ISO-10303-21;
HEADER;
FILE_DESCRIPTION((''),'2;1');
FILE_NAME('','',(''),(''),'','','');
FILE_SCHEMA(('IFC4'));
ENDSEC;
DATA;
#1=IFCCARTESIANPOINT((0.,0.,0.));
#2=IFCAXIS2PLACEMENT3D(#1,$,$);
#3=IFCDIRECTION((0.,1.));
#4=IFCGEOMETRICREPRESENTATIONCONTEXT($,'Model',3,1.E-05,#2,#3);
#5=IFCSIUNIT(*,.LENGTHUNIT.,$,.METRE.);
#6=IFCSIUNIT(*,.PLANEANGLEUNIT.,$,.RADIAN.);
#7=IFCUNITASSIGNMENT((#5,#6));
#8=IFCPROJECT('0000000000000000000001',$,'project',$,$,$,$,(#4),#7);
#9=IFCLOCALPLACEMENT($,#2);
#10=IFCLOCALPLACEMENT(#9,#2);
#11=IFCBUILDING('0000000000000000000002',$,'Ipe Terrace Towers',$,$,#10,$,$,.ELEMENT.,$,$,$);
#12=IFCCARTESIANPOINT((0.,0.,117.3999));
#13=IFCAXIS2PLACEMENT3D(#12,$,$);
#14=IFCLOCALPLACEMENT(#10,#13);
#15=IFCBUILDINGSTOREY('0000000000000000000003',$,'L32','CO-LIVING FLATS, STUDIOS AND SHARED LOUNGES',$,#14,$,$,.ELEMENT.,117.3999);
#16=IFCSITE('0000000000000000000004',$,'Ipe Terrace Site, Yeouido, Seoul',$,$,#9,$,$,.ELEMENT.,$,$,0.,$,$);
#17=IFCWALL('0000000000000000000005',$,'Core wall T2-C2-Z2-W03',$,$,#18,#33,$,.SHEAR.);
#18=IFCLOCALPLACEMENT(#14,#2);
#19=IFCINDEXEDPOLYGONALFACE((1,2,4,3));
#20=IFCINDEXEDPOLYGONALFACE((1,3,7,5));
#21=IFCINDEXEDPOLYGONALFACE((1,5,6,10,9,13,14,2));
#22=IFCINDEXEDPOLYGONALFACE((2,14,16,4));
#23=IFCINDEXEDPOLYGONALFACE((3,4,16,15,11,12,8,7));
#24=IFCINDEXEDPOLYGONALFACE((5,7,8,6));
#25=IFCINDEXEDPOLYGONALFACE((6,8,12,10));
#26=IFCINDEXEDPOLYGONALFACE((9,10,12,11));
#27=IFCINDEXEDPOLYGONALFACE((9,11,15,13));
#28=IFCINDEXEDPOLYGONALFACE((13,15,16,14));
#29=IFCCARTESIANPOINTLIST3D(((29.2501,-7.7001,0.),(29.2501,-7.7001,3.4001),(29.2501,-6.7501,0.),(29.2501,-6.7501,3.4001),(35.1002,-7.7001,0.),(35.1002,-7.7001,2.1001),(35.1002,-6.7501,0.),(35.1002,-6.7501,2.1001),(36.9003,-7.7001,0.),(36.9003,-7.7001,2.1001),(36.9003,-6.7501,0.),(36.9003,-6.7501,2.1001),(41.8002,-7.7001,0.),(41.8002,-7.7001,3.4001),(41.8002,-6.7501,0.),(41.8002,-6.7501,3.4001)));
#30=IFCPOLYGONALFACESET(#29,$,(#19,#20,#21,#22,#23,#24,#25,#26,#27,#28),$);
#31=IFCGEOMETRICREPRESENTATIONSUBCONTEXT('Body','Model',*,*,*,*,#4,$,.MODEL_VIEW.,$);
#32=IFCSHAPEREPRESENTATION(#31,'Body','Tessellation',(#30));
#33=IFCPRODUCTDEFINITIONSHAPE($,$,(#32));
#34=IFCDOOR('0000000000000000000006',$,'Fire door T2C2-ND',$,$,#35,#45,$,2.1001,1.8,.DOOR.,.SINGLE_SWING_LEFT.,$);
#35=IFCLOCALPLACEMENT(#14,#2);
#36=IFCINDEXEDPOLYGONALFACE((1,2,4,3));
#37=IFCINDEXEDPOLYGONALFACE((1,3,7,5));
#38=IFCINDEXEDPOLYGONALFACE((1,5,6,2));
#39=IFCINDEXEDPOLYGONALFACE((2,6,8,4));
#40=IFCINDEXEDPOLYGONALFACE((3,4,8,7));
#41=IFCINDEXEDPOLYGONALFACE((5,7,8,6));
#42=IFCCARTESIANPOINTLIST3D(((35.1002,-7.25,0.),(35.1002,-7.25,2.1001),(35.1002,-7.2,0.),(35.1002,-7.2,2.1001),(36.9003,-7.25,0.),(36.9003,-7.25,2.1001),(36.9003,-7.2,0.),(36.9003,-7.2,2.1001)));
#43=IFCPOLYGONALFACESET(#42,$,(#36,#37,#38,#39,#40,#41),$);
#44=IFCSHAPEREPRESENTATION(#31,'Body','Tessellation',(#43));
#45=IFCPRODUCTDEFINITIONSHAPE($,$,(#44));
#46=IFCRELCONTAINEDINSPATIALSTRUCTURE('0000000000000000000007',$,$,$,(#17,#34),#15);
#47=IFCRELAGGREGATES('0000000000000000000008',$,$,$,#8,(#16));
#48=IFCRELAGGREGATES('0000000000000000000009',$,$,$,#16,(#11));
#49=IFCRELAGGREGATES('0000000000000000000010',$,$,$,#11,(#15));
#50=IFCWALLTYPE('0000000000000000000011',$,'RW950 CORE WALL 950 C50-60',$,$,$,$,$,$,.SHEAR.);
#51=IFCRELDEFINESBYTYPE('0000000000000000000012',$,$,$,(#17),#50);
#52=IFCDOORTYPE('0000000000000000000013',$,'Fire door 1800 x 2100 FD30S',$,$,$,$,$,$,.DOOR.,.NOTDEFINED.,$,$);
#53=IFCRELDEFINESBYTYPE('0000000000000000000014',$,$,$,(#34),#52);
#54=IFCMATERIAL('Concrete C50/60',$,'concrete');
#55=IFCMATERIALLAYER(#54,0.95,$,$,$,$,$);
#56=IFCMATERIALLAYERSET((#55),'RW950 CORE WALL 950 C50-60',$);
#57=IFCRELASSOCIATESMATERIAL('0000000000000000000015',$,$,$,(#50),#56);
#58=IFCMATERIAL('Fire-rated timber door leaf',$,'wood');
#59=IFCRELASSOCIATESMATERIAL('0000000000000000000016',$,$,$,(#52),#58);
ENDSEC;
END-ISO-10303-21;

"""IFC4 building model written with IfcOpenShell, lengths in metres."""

from ifc_helpers import new_model, si_unit, direction, frame, frame_2d, origin, place, context, subcontext, project, spatial, rectangle, extrude, material, layer, layer_set, type_object, element, fill, save


model = new_model("IFC4")

# Units and contexts
model_context = context("Model", 3, precision=1e-05, world=origin(), true_north=direction((0.0, 1.0)))
body_context = subcontext(model_context, "Body", "Model", "MODEL_VIEW")
ifc_project = project(units=[si_unit("LENGTHUNIT", "METRE"), si_unit("PLANEANGLEUNIT", "RADIAN")], contexts=[model_context])

# Site, building, storey
site_placement = place(None, origin())
site = spatial("IfcSite", under=ifc_project, at=site_placement, Name="Ipe Terrace Site, Yeouido, Seoul", CompositionType="ELEMENT", RefElevation=0.0)
building_placement = place(site_placement, origin())
building = spatial("IfcBuilding", under=site, at=building_placement, Name="Ipe Terrace Towers", CompositionType="ELEMENT")
storey_placement = place(building_placement, frame((0.0, 0.0, 117.3999)))
storey = spatial("IfcBuildingStorey", under=building, at=storey_placement, Name="L32", Description="CO-LIVING FLATS, STUDIOS AND SHARED LOUNGES", CompositionType="ELEMENT", Elevation=117.3999)

# Wall, opening, door
ifc_material_1 = material(Name="Concrete C50/60", Category="concrete")
ifc_layer_1 = layer(ifc_material_1, 0.95)
ifc_layer_set_1 = layer_set([ifc_layer_1], Name="RW950 CORE WALL 950 C50-60")
wall_type_1 = type_object("IfcWallType", Name="RW950 CORE WALL 950 C50-60", PredefinedType="SHEAR", material=ifc_layer_set_1)
wall_1_placement = place(storey_placement, frame((41.8, -7.2251, 0.0), z_axis=(0.0, 0.0, 1.0), x_axis=(-1.0, 0.0, 0.0)))
wall_1 = element("IfcWall", 1, at=wall_1_placement, inside=storey, type_object=wall_type_1, Name="Core wall T2-C2-Z2-W03", PredefinedType="SHEAR", context=body_context, shape_type="SweptSolid", body=[
    extrude(rectangle(XDim=12.55, YDim=0.95, at=frame_2d((6.2749, 0.0))), origin(), (0.0, 0.0, 1.0), 3.4001),
])
opening_1_placement = place(wall_1_placement, frame((4.8999, 0.0, 0.0)))
opening_1 = element("IfcOpeningElement", 2, at=opening_1_placement, cuts=wall_1, PredefinedType="OPENING", context=body_context, shape_type="SweptSolid", body=[
    extrude(rectangle(XDim=1.8, YDim=2.1001, at=frame_2d((0.8999, 1.05))), frame((0.0, 0.4849, 0.0), z_axis=(0.0, -1.0, 0.0), x_axis=(1.0, 0.0, 0.0)), (0.0, 0.0, 1.0), 0.97),
])
ifc_material_2 = material(Name="Fire-rated timber door leaf", Category="wood")
door_type_1 = type_object("IfcDoorType", Name="Fire door 1800 x 2100 FD30S", OperationType="NOTDEFINED", PredefinedType="DOOR", material=ifc_material_2)
door_1_placement = place(opening_1_placement, origin())
door_1 = element("IfcDoor", 3, at=door_1_placement, inside=storey, type_object=door_type_1, Name="Fire door T2C2-ND", OperationType="SINGLE_SWING_LEFT", OverallHeight=2.1001, OverallWidth=1.8, PredefinedType="DOOR", context=body_context, shape_type="SweptSolid", body=[
    extrude(rectangle(XDim=1.8, YDim=2.1001, at=frame_2d((0.8999, 1.05))), frame((0.0, 0.0249, 0.0), z_axis=(0.0, -1.0, 0.0), x_axis=(1.0, 0.0, 0.0)), (0.0, 0.0, 1.0), 0.05),
])
fill(opening_1, door_1)

save(model, "model.ifc")
